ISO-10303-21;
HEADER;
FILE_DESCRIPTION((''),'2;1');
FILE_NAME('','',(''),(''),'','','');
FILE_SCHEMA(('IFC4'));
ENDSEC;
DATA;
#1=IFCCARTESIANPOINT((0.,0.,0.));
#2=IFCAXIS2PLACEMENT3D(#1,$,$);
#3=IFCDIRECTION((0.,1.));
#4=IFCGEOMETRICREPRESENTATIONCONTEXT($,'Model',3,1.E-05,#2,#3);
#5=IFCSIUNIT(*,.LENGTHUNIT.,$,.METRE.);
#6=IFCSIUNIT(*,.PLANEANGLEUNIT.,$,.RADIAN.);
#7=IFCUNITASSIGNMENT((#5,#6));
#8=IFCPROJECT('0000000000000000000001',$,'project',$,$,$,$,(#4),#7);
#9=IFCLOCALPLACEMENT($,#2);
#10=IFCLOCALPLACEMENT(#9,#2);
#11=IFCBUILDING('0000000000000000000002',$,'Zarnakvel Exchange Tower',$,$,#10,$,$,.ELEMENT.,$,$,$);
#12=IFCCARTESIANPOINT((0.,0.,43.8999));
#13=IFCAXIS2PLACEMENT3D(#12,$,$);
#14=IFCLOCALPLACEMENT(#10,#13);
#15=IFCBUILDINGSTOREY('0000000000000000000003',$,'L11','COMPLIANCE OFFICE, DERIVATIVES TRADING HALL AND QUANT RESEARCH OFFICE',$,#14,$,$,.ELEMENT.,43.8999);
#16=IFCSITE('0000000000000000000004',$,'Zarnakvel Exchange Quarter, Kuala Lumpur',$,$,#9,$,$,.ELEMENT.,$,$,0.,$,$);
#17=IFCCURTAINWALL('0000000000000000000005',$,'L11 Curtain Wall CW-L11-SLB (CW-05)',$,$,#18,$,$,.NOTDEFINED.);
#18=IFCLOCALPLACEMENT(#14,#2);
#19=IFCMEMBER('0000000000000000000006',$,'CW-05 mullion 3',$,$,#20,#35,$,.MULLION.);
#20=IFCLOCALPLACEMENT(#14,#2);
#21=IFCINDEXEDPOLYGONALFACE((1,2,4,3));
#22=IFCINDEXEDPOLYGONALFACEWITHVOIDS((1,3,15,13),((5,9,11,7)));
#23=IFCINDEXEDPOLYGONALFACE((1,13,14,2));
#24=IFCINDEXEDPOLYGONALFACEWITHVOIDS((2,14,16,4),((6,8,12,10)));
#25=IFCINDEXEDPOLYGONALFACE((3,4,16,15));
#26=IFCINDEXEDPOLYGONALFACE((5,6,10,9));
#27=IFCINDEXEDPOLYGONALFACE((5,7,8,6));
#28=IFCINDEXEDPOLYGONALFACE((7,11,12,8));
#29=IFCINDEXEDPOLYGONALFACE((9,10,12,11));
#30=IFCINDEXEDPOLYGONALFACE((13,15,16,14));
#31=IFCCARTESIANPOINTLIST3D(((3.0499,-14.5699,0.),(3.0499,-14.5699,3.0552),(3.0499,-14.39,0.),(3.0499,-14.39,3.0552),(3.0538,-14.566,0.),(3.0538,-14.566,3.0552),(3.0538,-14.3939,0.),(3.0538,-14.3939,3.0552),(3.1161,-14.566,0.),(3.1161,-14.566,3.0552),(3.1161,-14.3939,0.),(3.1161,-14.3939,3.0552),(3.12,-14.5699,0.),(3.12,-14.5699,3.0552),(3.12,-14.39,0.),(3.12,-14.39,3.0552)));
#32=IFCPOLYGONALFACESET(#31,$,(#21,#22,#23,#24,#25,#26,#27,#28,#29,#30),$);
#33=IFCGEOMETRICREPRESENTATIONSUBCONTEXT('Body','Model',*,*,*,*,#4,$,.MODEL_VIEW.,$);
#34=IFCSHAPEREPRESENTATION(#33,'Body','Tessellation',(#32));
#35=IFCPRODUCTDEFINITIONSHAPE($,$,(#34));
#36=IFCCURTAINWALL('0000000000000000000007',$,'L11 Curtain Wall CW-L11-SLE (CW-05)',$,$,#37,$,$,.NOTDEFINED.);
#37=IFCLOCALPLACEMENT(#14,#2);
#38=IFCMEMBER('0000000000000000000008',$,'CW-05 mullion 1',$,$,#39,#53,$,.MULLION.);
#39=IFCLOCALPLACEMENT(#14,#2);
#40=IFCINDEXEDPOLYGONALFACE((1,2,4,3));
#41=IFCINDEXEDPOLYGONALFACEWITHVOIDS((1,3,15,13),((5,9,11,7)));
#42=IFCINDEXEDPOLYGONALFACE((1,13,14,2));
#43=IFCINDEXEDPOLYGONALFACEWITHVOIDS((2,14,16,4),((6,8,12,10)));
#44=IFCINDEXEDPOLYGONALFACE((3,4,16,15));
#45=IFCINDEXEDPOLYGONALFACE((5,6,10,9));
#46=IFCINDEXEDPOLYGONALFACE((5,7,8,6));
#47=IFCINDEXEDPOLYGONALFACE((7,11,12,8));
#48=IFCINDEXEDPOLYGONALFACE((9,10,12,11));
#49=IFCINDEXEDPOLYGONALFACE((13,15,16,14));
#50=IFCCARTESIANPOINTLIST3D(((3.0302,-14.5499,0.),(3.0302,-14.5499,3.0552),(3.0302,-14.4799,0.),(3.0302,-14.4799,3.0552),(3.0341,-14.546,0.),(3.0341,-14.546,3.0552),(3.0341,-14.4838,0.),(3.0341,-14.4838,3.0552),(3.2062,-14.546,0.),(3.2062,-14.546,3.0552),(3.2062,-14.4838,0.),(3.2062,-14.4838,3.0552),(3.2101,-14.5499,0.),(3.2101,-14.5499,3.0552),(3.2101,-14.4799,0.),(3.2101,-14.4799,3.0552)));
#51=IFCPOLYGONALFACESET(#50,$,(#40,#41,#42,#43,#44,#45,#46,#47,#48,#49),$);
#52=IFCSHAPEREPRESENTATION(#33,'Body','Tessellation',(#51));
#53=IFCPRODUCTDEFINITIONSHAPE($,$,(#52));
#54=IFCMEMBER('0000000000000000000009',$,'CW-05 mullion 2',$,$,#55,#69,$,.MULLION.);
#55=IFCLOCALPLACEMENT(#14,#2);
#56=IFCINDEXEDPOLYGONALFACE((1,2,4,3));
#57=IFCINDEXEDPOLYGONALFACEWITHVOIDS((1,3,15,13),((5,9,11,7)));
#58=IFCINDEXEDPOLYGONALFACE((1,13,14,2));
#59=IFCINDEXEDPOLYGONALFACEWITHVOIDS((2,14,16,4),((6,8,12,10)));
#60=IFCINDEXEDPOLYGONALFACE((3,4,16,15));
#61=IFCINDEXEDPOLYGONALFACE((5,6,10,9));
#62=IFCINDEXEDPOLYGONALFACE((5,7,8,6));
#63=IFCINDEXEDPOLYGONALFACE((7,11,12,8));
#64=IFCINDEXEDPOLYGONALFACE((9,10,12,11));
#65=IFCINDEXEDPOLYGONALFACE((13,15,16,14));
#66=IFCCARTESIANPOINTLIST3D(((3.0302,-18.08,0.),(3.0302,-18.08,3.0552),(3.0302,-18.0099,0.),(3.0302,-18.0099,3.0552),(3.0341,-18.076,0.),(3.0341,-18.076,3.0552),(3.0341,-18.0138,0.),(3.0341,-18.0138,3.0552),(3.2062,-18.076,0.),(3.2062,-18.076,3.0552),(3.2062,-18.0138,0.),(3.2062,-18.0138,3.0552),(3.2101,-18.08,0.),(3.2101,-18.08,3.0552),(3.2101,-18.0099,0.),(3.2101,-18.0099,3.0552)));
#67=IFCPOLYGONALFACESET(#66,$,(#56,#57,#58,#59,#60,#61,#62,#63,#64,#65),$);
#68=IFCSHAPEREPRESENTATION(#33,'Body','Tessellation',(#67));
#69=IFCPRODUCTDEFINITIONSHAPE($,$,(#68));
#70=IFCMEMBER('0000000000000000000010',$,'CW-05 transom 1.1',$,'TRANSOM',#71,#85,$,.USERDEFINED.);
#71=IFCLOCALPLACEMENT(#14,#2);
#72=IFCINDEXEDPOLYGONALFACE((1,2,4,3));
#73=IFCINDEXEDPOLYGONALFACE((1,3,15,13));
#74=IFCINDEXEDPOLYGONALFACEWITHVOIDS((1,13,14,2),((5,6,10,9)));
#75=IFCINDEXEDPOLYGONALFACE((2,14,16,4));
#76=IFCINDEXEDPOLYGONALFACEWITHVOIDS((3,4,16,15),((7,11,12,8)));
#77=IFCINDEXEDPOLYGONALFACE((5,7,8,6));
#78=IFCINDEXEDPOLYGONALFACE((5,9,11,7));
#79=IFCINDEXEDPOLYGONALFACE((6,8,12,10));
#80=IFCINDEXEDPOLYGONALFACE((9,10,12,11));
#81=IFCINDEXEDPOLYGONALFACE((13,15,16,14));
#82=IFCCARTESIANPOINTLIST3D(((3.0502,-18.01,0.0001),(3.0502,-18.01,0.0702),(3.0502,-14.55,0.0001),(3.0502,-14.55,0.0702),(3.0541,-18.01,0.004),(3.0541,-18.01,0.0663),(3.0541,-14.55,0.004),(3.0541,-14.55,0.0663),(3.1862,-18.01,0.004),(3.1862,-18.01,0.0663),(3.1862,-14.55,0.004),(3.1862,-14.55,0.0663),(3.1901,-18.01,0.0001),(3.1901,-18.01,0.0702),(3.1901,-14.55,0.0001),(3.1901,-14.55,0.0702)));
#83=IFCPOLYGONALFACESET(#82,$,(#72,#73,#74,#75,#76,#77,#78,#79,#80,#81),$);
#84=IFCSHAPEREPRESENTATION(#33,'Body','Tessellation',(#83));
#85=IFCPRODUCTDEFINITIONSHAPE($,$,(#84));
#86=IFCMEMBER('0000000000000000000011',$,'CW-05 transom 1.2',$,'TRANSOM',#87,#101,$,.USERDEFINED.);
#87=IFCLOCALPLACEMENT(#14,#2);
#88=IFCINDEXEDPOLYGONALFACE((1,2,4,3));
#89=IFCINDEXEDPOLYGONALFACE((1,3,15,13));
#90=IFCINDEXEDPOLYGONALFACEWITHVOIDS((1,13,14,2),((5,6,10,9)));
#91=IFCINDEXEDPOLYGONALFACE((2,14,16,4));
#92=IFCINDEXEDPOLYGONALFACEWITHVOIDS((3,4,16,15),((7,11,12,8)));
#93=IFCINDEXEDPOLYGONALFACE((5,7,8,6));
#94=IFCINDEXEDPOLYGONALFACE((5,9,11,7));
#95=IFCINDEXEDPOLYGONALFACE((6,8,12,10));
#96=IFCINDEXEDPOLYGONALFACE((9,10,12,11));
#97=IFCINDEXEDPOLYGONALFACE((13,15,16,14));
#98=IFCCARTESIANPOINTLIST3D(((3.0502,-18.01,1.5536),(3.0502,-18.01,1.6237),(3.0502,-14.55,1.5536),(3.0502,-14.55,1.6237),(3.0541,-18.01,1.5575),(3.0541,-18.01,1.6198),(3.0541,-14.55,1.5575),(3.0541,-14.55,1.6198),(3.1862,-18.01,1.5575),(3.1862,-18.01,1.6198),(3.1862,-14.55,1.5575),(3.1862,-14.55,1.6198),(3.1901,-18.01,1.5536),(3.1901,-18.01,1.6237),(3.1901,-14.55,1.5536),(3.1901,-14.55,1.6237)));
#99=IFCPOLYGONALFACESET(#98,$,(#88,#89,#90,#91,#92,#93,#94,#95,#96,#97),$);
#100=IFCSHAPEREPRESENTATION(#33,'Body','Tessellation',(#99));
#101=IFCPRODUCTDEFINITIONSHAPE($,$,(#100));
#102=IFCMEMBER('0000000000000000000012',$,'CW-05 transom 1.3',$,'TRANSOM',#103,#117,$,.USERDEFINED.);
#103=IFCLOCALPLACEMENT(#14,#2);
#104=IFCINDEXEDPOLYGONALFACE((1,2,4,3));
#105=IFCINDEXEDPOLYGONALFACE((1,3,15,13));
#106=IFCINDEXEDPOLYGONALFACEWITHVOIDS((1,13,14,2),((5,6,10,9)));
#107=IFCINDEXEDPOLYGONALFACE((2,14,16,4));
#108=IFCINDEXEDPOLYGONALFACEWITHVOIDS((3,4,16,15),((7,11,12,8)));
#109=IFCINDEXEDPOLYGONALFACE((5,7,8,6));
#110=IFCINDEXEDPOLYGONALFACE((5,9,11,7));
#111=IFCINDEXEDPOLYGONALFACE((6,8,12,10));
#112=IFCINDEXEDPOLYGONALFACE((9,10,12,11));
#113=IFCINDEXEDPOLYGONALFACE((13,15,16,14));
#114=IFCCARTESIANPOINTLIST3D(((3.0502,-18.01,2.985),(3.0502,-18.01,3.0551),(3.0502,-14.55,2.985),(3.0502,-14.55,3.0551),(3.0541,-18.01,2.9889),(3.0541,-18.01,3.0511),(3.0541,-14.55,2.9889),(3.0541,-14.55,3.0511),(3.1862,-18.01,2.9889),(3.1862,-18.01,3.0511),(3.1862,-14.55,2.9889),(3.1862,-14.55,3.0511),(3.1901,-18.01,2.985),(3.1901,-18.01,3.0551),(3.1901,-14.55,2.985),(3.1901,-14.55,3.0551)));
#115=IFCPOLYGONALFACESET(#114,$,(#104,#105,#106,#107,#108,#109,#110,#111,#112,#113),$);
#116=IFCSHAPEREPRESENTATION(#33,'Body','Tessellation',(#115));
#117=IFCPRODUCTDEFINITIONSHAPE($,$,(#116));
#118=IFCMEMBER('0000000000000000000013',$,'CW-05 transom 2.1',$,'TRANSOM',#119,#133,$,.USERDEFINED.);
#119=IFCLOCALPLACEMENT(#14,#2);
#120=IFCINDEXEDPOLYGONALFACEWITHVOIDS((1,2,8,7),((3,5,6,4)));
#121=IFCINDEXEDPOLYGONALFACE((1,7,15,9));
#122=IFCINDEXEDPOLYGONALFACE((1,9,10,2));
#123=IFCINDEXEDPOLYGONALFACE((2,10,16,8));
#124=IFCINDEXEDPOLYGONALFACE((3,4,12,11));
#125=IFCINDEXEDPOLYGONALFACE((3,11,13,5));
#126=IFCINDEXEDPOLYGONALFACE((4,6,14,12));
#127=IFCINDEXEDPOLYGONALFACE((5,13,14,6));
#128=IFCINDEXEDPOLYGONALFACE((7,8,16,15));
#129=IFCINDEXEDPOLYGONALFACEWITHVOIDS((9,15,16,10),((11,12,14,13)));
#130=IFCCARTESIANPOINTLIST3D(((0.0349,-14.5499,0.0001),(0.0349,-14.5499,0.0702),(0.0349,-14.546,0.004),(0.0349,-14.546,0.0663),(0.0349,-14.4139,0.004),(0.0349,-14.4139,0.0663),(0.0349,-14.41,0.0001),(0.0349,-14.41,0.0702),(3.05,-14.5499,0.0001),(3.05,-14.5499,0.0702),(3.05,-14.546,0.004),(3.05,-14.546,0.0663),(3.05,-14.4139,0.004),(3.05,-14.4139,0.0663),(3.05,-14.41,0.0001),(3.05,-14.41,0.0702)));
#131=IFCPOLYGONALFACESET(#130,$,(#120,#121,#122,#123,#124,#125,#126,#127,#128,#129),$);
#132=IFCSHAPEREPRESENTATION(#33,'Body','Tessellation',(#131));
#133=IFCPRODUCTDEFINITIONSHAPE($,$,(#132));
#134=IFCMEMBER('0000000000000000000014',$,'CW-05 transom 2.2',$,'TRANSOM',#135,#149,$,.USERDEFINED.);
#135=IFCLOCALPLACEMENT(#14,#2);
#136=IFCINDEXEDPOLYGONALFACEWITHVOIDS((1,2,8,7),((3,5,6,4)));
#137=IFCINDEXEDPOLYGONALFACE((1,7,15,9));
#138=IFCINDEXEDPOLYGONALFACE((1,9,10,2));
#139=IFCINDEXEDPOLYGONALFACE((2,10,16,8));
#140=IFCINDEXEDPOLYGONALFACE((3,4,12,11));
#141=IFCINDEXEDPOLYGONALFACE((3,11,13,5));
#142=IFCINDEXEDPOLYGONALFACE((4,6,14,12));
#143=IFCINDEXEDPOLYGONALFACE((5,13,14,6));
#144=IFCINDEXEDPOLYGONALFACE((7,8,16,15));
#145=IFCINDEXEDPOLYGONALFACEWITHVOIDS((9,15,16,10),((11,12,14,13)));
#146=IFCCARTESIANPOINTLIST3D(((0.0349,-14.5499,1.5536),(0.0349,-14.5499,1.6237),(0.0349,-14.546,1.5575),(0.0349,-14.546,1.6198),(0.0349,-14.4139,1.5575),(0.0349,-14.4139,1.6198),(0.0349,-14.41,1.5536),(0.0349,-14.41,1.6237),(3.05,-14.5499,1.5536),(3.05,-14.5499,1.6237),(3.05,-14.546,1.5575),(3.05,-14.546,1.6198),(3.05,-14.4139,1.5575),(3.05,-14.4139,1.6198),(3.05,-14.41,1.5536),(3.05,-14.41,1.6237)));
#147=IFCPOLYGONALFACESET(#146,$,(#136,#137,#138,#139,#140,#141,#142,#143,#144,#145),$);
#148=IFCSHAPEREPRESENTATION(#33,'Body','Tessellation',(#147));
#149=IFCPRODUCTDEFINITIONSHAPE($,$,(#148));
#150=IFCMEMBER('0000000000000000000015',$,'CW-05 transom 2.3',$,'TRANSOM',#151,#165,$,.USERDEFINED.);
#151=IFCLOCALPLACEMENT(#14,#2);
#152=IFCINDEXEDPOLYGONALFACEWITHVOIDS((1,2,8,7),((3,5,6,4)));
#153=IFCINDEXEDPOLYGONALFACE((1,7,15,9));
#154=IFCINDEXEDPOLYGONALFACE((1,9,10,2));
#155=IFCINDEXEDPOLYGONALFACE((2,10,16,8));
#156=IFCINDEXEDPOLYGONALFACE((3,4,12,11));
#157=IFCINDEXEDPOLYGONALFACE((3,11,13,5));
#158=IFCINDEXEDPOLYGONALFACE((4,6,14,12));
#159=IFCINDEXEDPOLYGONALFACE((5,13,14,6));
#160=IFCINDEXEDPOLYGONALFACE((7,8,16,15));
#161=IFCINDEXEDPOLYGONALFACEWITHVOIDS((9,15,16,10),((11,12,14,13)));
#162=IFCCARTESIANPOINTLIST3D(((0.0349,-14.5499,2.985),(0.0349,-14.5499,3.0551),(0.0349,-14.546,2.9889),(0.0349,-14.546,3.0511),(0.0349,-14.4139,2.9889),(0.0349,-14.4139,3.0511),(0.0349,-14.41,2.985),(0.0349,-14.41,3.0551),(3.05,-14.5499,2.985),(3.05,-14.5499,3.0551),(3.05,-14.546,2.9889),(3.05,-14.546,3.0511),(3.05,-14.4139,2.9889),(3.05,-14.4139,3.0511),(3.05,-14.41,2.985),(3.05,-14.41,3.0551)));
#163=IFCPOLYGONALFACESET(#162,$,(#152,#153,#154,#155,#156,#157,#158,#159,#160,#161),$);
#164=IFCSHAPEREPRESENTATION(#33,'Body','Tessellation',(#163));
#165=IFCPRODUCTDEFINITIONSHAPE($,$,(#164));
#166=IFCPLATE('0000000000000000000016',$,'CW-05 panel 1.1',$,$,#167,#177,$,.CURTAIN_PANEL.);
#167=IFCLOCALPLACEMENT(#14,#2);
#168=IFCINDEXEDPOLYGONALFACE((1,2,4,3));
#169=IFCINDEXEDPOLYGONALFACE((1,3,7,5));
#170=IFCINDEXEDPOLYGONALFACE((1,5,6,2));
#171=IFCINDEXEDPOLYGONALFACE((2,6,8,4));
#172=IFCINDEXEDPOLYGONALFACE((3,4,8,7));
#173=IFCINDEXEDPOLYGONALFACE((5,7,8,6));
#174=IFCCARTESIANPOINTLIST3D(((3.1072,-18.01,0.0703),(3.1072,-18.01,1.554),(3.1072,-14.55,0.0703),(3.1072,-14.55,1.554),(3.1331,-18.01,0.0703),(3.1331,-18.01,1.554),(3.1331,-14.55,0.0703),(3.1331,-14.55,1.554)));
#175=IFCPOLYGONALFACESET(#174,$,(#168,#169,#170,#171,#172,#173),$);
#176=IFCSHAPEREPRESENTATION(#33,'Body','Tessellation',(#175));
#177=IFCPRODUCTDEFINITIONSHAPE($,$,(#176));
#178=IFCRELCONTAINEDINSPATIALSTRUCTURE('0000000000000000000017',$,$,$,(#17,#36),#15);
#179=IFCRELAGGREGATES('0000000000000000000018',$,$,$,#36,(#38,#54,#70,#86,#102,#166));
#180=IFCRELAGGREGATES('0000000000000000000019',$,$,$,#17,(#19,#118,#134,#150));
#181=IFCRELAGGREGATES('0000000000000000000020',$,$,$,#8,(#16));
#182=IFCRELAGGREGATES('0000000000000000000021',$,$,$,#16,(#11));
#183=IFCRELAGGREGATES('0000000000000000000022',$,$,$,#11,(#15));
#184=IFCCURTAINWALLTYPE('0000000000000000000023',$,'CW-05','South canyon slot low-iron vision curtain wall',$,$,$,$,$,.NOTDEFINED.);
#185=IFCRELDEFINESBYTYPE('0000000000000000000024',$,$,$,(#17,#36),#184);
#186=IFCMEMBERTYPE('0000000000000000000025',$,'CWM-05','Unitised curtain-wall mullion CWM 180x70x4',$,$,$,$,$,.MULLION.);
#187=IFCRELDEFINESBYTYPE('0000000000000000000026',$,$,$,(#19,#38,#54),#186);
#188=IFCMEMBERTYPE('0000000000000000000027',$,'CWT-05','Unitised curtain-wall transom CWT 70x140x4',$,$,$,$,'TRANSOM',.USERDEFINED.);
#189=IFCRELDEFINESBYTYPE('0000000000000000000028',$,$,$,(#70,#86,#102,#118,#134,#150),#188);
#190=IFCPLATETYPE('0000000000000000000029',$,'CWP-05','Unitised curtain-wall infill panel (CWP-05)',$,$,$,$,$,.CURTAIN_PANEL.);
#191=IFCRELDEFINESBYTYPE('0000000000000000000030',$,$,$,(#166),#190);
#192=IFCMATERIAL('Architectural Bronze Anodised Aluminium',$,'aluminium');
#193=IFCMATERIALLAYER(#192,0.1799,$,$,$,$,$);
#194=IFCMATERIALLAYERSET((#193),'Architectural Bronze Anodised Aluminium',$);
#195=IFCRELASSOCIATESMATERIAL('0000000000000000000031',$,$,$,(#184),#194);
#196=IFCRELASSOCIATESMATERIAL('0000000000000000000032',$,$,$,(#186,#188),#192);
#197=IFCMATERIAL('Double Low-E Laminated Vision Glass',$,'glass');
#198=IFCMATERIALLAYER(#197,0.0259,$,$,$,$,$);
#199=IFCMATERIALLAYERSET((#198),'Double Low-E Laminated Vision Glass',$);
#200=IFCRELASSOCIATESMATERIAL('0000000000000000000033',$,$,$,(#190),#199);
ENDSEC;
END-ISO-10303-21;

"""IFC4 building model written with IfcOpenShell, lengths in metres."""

from ifc_helpers import new_model, si_unit, direction, frame, origin, origin_2d, place, context, subcontext, project, spatial, rectangle, hollow_rectangle, extrude, source, transform, mapped, material, layer, layer_set, material_profile, profile_set, type_object, element, aggregate, save


model = new_model("IFC4")

# Units and contexts
model_context = context("Model", 3, precision=1e-05, world=origin(), true_north=direction((0.0, 1.0)))
body_context = subcontext(model_context, "Body", "Model", "MODEL_VIEW")
ifc_project = project(units=[si_unit("LENGTHUNIT", "METRE"), si_unit("PLANEANGLEUNIT", "RADIAN")], contexts=[model_context])

# Site, building, storey
site_placement = place(None, origin())
site = spatial("IfcSite", under=ifc_project, at=site_placement, Name="Zarnakvel Exchange Quarter, Kuala Lumpur", CompositionType="ELEMENT", RefElevation=0.0)
building_placement = place(site_placement, origin())
building = spatial("IfcBuilding", under=site, at=building_placement, Name="Zarnakvel Exchange Tower", CompositionType="ELEMENT")
storey_placement = place(building_placement, frame((0.0, 0.0, 43.8999)))
storey = spatial("IfcBuildingStorey", under=building, at=storey_placement, Name="L11", Description="COMPLIANCE OFFICE, DERIVATIVES TRADING HALL AND QUANT RESEARCH OFFICE", CompositionType="ELEMENT", Elevation=43.8999)

# Curtain wall, member
ifc_material_1 = material(Name="Architectural Bronze Anodised Aluminium", Category="aluminium")
ifc_layer_1 = layer(ifc_material_1, 0.1799)
ifc_layer_set_1 = layer_set([ifc_layer_1], Name="Architectural Bronze Anodised Aluminium")
curtain_wall_type = type_object("IfcCurtainWallType", Name="CW-05", Description="South canyon slot low-iron vision curtain wall", PredefinedType="NOTDEFINED", material=ifc_layer_set_1)
curtain_wall_1_placement = place(storey_placement, origin())
curtain_wall_1 = element("IfcCurtainWall", 1, at=curtain_wall_1_placement, inside=storey, type_object=curtain_wall_type, Name="L11 Curtain Wall CW-L11-SLB (CW-05)", PredefinedType="NOTDEFINED")
ifc_material_profile_1 = material_profile(ifc_material_1, hollow_rectangle(XDim=0.1799, YDim=0.0701, WallThickness=0.0039, at=origin_2d()))
ifc_profile_set_1 = profile_set([ifc_material_profile_1], Name="Architectural Bronze Anodised Aluminium")
member_type_1 = type_object("IfcMemberType", Name="CWM-05", Description="Unitised curtain-wall mullion CWM 180x70x4", PredefinedType="MULLION", material=ifc_profile_set_1)
shared_shape_1 = source(origin(), body_context, "Body", "SweptSolid", [
    extrude(hollow_rectangle(XDim=0.1799, YDim=0.0701, WallThickness=0.0039, at=origin_2d()), origin(), (0.0, 0.0, 1.0), 3.0552),
])
member_1_placement = place(storey_placement, frame((3.085, -14.48, 0.0), z_axis=(0.0, 0.0, 1.0), x_axis=(0.0, 1.0, 0.0)))
member_1 = element("IfcMember", 2, at=member_1_placement, type_object=member_type_1, Name="CW-05 mullion 3", PredefinedType="MULLION", context=body_context, shape_type="MappedRepresentation", body=[
    mapped(shared_shape_1, transform((0.0, 0.0, 0.0), x_axis=(1.0, 0.0, 0.0), y_axis=(0.0, 1.0, 0.0), z_axis=(0.0, 0.0, 1.0), scale=1.0)),
])

# Curtain wall, members
curtain_wall_2_placement = place(storey_placement, origin())
curtain_wall_2 = element("IfcCurtainWall", 3, at=curtain_wall_2_placement, inside=storey, type_object=curtain_wall_type, Name="L11 Curtain Wall CW-L11-SLE (CW-05)", PredefinedType="NOTDEFINED")
member_2_placement = place(storey_placement, frame((3.1201, -14.5149, 0.0), z_axis=(0.0, 0.0, 1.0), x_axis=(1.0, 0.0, 0.0)))
member_2 = element("IfcMember", 4, at=member_2_placement, type_object=member_type_1, Name="CW-05 mullion 1", PredefinedType="MULLION", context=body_context, shape_type="MappedRepresentation", body=[
    mapped(shared_shape_1, transform((0.0, 0.0, 0.0), x_axis=(1.0, 0.0, 0.0), y_axis=(0.0, 1.0, 0.0), z_axis=(0.0, 0.0, 1.0), scale=1.0)),
])
member_3_placement = place(storey_placement, frame((3.1201, -18.0449, 0.0), z_axis=(0.0, 0.0, 1.0), x_axis=(1.0, 0.0, 0.0)))
member_3 = element("IfcMember", 5, at=member_3_placement, type_object=member_type_1, Name="CW-05 mullion 2", PredefinedType="MULLION", context=body_context, shape_type="MappedRepresentation", body=[
    mapped(shared_shape_1, transform((0.0, 0.0, 0.0), x_axis=(1.0, 0.0, 0.0), y_axis=(0.0, 1.0, 0.0), z_axis=(0.0, 0.0, 1.0), scale=1.0)),
])
ifc_material_profile_2 = material_profile(ifc_material_1, hollow_rectangle(XDim=0.1399, YDim=0.0701, WallThickness=0.0039, at=origin_2d()))
ifc_profile_set_2 = profile_set([ifc_material_profile_2], Name="Architectural Bronze Anodised Aluminium")
member_type_2 = type_object("IfcMemberType", Name="CWT-05", Description="Unitised curtain-wall transom CWT 70x140x4", ElementType="TRANSOM", PredefinedType="USERDEFINED", material=ifc_profile_set_2)
shared_shape_2 = source(origin(), body_context, "Body", "SweptSolid", [
    extrude(hollow_rectangle(XDim=0.1399, YDim=0.0701, WallThickness=0.0039, at=origin_2d()), origin(), (0.0, 0.0, 1.0), 3.46),
])
member_4_placement = place(storey_placement, frame((3.1201, -14.55, 0.0352), z_axis=(0.0, -1.0, 0.0), x_axis=(1.0, 0.0, 0.0)))
member_4 = element("IfcMember", 6, at=member_4_placement, type_object=member_type_2, Name="CW-05 transom 1.1", ObjectType="TRANSOM", PredefinedType="USERDEFINED", context=body_context, shape_type="MappedRepresentation", body=[
    mapped(shared_shape_2, transform((0.0, 0.0, 0.0), x_axis=(1.0, 0.0, 0.0), y_axis=(0.0, 1.0, 0.0), z_axis=(0.0, 0.0, 1.0), scale=1.0)),
])
member_5_placement = place(storey_placement, frame((3.1201, -14.55, 1.5886), z_axis=(0.0, -1.0, 0.0), x_axis=(1.0, 0.0, 0.0)))
member_5 = element("IfcMember", 7, at=member_5_placement, type_object=member_type_2, Name="CW-05 transom 1.2", ObjectType="TRANSOM", PredefinedType="USERDEFINED", context=body_context, shape_type="MappedRepresentation", body=[
    mapped(shared_shape_2, transform((0.0, 0.0, 0.0), x_axis=(1.0, 0.0, 0.0), y_axis=(0.0, 1.0, 0.0), z_axis=(0.0, 0.0, 1.0), scale=1.0)),
])
member_6_placement = place(storey_placement, frame((3.1201, -14.55, 3.02), z_axis=(0.0, -1.0, 0.0), x_axis=(1.0, 0.0, 0.0)))
member_6 = element("IfcMember", 8, at=member_6_placement, type_object=member_type_2, Name="CW-05 transom 1.3", ObjectType="TRANSOM", PredefinedType="USERDEFINED", context=body_context, shape_type="MappedRepresentation", body=[
    mapped(shared_shape_2, transform((0.0, 0.0, 0.0), x_axis=(1.0, 0.0, 0.0), y_axis=(0.0, 1.0, 0.0), z_axis=(0.0, 0.0, 1.0), scale=1.0)),
])

# Members
shared_shape_3 = source(origin(), body_context, "Body", "SweptSolid", [
    extrude(hollow_rectangle(XDim=0.1399, YDim=0.0701, WallThickness=0.0039, at=origin_2d()), origin(), (0.0, 0.0, 1.0), 3.0151),
])
member_7_placement = place(storey_placement, frame((0.0349, -14.48, 0.0352), z_axis=(1.0, 0.0, 0.0), x_axis=(0.0, 1.0, 0.0)))
member_7 = element("IfcMember", 9, at=member_7_placement, type_object=member_type_2, Name="CW-05 transom 2.1", ObjectType="TRANSOM", PredefinedType="USERDEFINED", context=body_context, shape_type="MappedRepresentation", body=[
    mapped(shared_shape_3, transform((0.0, 0.0, 0.0), x_axis=(1.0, 0.0, 0.0), y_axis=(0.0, 1.0, 0.0), z_axis=(0.0, 0.0, 1.0), scale=1.0)),
])
member_8_placement = place(storey_placement, frame((0.0349, -14.48, 1.5886), z_axis=(1.0, 0.0, 0.0), x_axis=(0.0, 1.0, 0.0)))
member_8 = element("IfcMember", 10, at=member_8_placement, type_object=member_type_2, Name="CW-05 transom 2.2", ObjectType="TRANSOM", PredefinedType="USERDEFINED", context=body_context, shape_type="MappedRepresentation", body=[
    mapped(shared_shape_3, transform((0.0, 0.0, 0.0), x_axis=(1.0, 0.0, 0.0), y_axis=(0.0, 1.0, 0.0), z_axis=(0.0, 0.0, 1.0), scale=1.0)),
])
member_9_placement = place(storey_placement, frame((0.0349, -14.48, 3.02), z_axis=(1.0, 0.0, 0.0), x_axis=(0.0, 1.0, 0.0)))
member_9 = element("IfcMember", 11, at=member_9_placement, type_object=member_type_2, Name="CW-05 transom 2.3", ObjectType="TRANSOM", PredefinedType="USERDEFINED", context=body_context, shape_type="MappedRepresentation", body=[
    mapped(shared_shape_3, transform((0.0, 0.0, 0.0), x_axis=(1.0, 0.0, 0.0), y_axis=(0.0, 1.0, 0.0), z_axis=(0.0, 0.0, 1.0), scale=1.0)),
])

# Plate
ifc_material_2 = material(Name="Double Low-E Laminated Vision Glass", Category="glass")
ifc_layer_2 = layer(ifc_material_2, 0.0259)
ifc_layer_set_2 = layer_set([ifc_layer_2], Name="Double Low-E Laminated Vision Glass")
plate_type = type_object("IfcPlateType", Name="CWP-05", Description="Unitised curtain-wall infill panel (CWP-05)", PredefinedType="CURTAIN_PANEL", material=ifc_layer_set_2)
shared_shape_4 = source(origin(), body_context, "Body", "SweptSolid", [
    extrude(rectangle(XDim=3.46, YDim=0.0259, at=origin_2d()), origin(), (0.0, 0.0, 1.0), 1.4836),
])
plate_1_placement = place(storey_placement, frame((3.1201, -16.28, 0.0703), z_axis=(0.0, 0.0, 1.0), x_axis=(0.0, -1.0, 0.0)))
plate_1 = element("IfcPlate", 12, at=plate_1_placement, type_object=plate_type, Name="CW-05 panel 1.1", PredefinedType="CURTAIN_PANEL", context=body_context, shape_type="MappedRepresentation", body=[
    mapped(shared_shape_4, transform((0.0, 0.0, 0.0), x_axis=(1.0, 0.0, 0.0), y_axis=(0.0, 1.0, 0.0), z_axis=(0.0, 0.0, 1.0), scale=1.0)),
])
aggregate(curtain_wall_2, [member_2, member_3, member_4, member_5, member_6, plate_1])
aggregate(curtain_wall_1, [member_1, member_7, member_8, member_9])

save(model, "model.ifc")
